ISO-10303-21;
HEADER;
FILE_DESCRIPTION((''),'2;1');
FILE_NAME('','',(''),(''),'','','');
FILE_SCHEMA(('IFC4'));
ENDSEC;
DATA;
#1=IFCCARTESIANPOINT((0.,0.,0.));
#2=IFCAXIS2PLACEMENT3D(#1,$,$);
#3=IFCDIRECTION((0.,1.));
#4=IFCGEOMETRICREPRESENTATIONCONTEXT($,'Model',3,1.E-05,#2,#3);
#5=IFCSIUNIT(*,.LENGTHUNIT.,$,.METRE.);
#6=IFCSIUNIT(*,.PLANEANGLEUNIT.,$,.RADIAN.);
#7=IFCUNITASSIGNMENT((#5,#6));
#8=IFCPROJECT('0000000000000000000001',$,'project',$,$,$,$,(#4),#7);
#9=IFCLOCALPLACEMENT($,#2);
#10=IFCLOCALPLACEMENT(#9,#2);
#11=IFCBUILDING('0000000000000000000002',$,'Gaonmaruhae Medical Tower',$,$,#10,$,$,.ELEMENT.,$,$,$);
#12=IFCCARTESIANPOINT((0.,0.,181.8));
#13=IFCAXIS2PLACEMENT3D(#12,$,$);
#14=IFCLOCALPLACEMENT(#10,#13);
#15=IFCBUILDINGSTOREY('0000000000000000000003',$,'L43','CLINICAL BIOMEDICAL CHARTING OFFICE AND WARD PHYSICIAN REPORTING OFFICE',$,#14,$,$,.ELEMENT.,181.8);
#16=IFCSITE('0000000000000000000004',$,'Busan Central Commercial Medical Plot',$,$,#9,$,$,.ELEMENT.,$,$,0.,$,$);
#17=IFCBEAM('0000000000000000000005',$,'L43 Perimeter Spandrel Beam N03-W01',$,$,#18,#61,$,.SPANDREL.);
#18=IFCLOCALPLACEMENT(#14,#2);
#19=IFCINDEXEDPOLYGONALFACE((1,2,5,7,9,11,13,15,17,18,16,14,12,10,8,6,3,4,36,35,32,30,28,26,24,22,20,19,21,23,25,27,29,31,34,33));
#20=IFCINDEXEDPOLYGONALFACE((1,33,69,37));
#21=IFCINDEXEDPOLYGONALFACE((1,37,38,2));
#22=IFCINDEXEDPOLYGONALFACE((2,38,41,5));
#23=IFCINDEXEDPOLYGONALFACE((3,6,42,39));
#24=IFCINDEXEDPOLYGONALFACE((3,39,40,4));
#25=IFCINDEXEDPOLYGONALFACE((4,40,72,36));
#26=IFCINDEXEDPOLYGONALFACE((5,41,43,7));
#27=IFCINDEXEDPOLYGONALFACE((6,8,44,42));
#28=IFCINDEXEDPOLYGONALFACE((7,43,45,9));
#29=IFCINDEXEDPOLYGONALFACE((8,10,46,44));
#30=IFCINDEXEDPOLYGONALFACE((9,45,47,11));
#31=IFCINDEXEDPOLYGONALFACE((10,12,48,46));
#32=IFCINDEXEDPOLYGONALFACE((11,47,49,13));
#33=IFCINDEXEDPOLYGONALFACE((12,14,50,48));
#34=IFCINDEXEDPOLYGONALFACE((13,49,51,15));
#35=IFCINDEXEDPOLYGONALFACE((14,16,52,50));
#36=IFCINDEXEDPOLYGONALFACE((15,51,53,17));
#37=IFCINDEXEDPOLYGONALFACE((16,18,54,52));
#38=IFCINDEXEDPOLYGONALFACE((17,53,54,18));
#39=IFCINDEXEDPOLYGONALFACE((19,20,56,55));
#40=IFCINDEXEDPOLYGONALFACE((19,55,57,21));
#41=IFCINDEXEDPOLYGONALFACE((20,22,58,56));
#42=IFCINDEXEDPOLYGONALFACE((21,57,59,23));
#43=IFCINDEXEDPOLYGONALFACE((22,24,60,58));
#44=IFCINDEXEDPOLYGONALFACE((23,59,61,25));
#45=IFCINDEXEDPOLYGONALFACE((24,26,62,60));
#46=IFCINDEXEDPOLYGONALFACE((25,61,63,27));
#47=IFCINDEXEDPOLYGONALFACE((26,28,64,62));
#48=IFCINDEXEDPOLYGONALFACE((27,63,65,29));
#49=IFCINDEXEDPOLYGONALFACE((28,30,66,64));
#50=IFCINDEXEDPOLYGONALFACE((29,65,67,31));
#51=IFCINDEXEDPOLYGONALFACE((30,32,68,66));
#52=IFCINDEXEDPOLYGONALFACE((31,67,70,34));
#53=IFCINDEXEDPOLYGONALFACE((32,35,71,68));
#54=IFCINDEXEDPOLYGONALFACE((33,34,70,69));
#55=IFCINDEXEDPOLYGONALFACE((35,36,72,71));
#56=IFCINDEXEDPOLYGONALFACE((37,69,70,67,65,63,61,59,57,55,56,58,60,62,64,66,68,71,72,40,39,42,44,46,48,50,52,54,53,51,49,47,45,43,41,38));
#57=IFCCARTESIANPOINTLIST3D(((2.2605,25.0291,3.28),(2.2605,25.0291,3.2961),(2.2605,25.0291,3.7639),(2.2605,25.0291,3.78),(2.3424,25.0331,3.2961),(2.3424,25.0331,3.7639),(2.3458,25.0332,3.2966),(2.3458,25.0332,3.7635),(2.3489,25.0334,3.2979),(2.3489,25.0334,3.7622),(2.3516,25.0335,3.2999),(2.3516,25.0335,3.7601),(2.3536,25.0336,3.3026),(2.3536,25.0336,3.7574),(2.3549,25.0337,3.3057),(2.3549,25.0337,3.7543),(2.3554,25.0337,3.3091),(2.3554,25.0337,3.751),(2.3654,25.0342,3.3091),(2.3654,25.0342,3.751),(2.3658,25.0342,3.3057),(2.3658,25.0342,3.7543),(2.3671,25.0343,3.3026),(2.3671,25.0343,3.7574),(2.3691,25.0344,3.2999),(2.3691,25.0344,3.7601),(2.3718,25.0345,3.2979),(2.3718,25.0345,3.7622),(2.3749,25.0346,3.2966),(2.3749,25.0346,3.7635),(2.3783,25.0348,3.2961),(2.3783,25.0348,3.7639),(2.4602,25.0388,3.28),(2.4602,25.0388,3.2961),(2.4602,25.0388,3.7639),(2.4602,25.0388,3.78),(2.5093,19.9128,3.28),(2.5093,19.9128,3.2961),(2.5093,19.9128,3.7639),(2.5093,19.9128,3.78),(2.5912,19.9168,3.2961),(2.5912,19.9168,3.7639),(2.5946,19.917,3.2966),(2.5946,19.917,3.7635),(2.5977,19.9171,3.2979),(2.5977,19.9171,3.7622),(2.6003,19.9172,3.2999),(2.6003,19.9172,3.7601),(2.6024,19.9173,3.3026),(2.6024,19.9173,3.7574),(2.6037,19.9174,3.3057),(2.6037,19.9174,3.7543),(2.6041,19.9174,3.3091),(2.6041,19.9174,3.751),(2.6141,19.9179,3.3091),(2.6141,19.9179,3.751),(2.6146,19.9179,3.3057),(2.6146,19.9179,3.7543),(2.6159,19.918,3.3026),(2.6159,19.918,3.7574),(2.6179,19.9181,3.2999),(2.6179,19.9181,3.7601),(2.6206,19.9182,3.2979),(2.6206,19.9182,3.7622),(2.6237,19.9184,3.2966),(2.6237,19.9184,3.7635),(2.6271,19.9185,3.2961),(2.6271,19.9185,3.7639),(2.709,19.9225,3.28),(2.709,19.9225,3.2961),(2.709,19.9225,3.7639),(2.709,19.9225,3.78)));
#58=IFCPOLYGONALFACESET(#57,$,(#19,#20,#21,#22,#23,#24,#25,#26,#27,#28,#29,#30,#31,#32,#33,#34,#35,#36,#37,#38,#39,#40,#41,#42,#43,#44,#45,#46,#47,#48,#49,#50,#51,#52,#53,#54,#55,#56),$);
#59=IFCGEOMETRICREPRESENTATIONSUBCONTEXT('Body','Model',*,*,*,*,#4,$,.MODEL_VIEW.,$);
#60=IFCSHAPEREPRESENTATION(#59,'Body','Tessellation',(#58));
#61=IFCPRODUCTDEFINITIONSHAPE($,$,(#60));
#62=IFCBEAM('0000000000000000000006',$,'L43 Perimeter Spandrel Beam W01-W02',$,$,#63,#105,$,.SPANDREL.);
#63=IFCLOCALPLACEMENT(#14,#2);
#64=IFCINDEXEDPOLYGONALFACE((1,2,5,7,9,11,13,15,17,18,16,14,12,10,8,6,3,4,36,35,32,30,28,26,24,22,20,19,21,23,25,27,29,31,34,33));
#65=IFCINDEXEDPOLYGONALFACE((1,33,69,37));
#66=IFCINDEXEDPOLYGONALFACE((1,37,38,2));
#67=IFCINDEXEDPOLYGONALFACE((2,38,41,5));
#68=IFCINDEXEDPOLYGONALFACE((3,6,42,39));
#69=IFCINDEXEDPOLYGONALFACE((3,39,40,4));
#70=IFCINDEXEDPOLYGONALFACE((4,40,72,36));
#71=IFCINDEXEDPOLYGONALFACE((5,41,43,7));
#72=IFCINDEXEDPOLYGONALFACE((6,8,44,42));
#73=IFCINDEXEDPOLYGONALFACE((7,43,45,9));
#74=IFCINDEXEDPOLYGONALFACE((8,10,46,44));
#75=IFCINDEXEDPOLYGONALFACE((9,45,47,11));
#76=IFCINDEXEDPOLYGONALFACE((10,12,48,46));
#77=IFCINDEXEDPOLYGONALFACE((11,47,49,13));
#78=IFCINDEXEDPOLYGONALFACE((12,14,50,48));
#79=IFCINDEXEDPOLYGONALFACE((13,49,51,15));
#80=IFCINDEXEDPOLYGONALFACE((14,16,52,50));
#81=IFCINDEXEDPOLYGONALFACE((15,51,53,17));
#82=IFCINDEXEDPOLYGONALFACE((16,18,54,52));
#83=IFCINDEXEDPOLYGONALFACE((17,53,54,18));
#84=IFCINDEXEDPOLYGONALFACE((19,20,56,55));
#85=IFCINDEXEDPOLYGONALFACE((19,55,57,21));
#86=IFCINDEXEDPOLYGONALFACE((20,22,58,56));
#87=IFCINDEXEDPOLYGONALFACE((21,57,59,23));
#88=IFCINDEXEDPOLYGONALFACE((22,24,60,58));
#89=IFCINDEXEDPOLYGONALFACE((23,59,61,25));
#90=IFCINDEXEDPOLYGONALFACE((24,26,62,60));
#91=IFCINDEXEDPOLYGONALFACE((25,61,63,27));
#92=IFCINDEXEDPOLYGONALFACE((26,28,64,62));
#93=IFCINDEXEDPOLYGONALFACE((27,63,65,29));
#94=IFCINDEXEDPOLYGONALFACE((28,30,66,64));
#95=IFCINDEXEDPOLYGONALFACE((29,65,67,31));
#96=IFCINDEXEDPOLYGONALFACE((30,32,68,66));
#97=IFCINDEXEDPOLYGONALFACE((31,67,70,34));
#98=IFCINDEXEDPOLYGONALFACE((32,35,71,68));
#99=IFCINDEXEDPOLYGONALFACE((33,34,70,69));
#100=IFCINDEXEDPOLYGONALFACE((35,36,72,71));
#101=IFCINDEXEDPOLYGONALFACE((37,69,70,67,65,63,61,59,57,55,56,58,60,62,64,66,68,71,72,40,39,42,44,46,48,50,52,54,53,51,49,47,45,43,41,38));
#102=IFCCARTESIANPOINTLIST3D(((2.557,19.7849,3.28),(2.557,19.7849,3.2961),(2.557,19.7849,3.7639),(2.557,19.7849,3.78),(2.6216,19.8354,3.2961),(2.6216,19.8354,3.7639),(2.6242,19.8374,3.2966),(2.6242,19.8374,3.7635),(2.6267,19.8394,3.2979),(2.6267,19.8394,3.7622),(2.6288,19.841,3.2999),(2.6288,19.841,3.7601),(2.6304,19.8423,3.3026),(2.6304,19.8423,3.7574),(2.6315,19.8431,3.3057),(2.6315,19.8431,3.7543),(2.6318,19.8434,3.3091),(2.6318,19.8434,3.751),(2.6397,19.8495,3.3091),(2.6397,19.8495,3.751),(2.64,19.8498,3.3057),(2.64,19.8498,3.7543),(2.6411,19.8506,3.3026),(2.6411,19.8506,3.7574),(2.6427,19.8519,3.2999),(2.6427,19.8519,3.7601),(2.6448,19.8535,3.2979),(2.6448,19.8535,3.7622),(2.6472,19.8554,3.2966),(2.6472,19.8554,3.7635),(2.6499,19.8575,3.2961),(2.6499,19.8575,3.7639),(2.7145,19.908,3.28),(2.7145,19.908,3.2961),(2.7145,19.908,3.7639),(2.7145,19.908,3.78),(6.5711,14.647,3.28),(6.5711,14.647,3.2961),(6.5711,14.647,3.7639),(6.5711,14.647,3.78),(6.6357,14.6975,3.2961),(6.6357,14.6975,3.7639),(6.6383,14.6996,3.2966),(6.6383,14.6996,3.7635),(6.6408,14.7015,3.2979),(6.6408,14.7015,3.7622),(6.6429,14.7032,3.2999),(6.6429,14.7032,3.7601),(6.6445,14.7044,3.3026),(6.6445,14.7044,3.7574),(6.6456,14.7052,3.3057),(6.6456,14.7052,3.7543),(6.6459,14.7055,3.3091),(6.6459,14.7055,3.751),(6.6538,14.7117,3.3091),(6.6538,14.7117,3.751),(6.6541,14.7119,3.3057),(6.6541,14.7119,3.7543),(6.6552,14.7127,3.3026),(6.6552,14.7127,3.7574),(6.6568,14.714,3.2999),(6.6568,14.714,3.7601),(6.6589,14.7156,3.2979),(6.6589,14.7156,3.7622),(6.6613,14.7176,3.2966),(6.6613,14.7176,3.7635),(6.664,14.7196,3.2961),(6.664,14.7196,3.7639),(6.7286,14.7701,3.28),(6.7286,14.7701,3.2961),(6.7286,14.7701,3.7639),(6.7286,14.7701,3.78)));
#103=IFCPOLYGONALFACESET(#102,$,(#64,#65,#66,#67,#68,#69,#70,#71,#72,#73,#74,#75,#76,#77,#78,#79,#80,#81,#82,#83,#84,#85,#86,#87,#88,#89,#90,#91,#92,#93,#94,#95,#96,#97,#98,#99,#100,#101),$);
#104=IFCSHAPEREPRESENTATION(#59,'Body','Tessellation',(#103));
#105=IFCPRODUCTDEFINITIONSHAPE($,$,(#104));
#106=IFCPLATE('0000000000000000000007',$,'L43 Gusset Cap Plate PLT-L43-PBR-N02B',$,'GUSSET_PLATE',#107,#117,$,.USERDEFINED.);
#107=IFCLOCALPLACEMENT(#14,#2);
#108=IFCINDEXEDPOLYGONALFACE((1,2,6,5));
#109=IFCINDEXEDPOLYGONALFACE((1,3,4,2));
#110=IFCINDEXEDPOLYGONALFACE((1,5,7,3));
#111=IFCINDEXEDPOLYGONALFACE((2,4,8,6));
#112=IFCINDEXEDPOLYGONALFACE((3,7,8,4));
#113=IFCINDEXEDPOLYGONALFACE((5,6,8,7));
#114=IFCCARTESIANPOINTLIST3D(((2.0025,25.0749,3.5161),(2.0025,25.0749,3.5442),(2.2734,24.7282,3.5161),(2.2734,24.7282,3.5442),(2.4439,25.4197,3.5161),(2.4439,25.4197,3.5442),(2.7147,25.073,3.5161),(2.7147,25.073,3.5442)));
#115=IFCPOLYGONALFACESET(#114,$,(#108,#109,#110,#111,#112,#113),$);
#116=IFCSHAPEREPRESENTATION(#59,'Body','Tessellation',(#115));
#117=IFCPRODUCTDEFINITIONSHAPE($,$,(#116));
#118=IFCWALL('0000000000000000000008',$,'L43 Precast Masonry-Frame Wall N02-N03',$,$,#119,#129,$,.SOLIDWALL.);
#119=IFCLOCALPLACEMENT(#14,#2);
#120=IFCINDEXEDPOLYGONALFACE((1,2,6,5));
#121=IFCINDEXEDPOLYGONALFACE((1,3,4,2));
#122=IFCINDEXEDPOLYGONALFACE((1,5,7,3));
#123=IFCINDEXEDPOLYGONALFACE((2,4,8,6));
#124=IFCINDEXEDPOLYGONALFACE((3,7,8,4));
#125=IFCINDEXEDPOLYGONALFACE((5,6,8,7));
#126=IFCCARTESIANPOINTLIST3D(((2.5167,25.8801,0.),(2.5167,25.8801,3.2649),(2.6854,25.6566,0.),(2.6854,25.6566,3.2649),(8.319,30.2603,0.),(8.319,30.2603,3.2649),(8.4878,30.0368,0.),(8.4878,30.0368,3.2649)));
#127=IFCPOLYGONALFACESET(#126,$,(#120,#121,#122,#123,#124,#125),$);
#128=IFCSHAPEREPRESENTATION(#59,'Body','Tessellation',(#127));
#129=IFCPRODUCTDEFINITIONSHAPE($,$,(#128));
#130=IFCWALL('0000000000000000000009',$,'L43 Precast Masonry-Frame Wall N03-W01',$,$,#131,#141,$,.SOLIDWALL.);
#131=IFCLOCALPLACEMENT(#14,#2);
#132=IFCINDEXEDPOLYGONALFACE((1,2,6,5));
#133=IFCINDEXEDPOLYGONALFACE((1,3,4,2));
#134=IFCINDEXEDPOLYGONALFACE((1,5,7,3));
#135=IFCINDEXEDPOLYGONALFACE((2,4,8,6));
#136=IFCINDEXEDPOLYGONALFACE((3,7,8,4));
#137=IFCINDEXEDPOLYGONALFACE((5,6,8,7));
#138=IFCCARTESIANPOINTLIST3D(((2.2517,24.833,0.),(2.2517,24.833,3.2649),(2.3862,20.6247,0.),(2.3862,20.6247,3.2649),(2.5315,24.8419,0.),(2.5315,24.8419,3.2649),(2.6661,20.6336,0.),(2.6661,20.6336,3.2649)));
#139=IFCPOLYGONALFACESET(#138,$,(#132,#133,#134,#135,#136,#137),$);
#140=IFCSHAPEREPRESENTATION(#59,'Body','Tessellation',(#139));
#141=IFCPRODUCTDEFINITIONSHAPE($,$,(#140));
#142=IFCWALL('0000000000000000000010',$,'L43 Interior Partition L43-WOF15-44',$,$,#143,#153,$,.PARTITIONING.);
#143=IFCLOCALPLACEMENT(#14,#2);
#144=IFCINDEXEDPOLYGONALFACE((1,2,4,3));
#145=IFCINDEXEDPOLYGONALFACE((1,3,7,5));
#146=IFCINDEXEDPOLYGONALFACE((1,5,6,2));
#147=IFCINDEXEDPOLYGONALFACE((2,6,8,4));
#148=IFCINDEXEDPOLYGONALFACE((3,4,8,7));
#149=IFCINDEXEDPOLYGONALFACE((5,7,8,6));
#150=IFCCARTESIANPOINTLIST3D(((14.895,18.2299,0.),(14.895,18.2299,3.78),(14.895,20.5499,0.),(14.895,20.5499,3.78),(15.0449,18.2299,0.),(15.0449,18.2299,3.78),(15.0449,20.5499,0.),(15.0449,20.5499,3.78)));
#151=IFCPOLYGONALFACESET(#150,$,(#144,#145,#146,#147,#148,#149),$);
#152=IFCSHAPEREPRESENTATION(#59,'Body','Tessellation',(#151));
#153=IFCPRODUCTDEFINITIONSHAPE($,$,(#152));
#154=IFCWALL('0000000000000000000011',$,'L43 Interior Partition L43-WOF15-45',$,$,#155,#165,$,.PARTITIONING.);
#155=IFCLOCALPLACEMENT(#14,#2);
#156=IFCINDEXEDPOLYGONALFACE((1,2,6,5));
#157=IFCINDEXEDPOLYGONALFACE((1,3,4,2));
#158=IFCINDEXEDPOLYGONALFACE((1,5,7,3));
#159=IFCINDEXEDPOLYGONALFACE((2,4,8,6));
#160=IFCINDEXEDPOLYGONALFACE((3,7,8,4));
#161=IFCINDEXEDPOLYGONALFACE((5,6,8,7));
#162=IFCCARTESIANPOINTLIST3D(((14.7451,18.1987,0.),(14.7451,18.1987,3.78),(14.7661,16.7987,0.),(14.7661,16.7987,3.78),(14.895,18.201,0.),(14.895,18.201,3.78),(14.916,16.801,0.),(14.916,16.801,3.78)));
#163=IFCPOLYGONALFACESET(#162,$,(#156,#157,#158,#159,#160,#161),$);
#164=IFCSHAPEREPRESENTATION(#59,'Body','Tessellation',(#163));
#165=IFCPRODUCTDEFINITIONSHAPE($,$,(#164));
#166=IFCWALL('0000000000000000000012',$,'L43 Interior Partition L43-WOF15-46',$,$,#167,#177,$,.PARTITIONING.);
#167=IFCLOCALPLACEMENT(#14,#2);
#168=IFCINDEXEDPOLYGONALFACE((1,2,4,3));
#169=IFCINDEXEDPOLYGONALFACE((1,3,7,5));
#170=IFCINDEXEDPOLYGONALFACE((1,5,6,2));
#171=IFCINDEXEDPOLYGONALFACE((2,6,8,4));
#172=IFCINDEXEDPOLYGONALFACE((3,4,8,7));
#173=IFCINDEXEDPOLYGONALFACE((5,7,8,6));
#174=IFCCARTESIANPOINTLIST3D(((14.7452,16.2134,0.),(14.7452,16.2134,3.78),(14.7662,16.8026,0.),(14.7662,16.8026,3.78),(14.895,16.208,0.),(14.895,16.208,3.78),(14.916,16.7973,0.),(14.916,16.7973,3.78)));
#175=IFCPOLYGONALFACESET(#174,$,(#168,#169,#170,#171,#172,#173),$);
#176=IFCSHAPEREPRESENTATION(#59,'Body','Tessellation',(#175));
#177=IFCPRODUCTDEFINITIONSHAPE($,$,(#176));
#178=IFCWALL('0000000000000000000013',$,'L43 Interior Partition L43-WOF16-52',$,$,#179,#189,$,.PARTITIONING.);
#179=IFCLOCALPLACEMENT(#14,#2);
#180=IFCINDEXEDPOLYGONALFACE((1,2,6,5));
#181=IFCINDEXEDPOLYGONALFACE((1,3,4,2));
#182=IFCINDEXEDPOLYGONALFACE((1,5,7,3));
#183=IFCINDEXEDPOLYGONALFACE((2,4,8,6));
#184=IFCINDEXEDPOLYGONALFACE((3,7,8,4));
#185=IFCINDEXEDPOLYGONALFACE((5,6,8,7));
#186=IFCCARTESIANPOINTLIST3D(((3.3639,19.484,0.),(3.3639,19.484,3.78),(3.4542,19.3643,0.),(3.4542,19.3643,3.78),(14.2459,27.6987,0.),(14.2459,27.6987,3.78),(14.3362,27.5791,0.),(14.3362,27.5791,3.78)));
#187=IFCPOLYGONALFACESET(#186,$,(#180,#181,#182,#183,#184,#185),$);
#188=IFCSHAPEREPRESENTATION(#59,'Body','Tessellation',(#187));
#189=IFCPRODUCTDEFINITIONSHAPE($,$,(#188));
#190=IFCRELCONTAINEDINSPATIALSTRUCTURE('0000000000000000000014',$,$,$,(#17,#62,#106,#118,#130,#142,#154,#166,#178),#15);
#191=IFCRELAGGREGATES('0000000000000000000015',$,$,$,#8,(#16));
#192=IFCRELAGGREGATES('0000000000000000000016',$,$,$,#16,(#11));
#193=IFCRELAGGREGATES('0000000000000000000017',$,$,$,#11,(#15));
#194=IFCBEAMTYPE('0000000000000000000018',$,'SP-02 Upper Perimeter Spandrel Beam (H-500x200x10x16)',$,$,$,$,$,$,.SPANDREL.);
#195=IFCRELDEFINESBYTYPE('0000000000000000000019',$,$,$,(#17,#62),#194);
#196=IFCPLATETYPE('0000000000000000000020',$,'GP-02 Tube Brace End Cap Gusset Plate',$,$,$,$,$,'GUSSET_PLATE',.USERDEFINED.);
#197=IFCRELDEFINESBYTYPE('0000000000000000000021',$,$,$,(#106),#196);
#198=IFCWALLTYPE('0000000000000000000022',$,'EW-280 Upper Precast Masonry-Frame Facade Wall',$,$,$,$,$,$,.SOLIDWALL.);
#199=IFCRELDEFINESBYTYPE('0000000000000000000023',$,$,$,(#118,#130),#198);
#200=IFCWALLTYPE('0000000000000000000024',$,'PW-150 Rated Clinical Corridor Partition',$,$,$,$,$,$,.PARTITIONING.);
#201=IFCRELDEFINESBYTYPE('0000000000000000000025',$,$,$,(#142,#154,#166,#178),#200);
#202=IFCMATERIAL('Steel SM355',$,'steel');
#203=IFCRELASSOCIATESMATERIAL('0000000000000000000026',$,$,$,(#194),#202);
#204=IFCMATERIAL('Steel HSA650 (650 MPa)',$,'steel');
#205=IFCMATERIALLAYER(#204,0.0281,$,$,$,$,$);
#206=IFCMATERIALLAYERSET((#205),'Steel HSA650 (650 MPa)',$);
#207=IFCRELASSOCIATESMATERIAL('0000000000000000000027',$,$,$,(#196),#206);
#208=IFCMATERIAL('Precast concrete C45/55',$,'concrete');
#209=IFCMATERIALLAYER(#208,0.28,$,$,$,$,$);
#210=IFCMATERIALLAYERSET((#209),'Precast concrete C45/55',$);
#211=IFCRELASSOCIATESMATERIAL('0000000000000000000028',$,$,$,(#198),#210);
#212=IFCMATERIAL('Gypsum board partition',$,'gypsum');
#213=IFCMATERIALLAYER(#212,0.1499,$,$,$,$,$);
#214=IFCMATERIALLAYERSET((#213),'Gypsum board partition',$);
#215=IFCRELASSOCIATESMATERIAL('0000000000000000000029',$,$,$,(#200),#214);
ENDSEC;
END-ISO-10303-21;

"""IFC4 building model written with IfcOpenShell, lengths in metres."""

from ifc_helpers import new_model, si_unit, direction, frame, frame_2d, origin, origin_2d, place, context, subcontext, project, spatial, rectangle, i_section, extrude, material, layer, layer_set, material_profile, profile_set, type_object, element, save


model = new_model("IFC4")

# Units and contexts
model_context = context("Model", 3, precision=1e-05, world=origin(), true_north=direction((0.0, 1.0)))
body_context = subcontext(model_context, "Body", "Model", "MODEL_VIEW")
ifc_project = project(units=[si_unit("LENGTHUNIT", "METRE"), si_unit("PLANEANGLEUNIT", "RADIAN")], contexts=[model_context])

# Site, building, storey
site_placement = place(None, origin())
site = spatial("IfcSite", under=ifc_project, at=site_placement, Name="Busan Central Commercial Medical Plot", CompositionType="ELEMENT", RefElevation=0.0)
building_placement = place(site_placement, origin())
building = spatial("IfcBuilding", under=site, at=building_placement, Name="Gaonmaruhae Medical Tower", CompositionType="ELEMENT")
storey_placement = place(building_placement, frame((0.0, 0.0, 181.8)))
storey = spatial("IfcBuildingStorey", under=building, at=storey_placement, Name="L43", Description="CLINICAL BIOMEDICAL CHARTING OFFICE AND WARD PHYSICIAN REPORTING OFFICE", CompositionType="ELEMENT", Elevation=181.8)

# Beams
ifc_material_1 = material(Name="Steel SM355", Category="steel")
ifc_material_profile_1 = material_profile(ifc_material_1, i_section(OverallWidth=0.2, OverallDepth=0.5, WebThickness=0.01, FlangeThickness=0.0161, FilletRadius=0.0129, at=origin_2d()), Name="H-500x200x10x16")
ifc_profile_set_1 = profile_set([ifc_material_profile_1], Name="Steel SM355")
beam_type_1 = type_object("IfcBeamType", Name="SP-02 Upper Perimeter Spandrel Beam (H-500x200x10x16)", PredefinedType="SPANDREL", material=ifc_profile_set_1)
beam_1_placement = place(storey_placement, frame((2.3604, 25.0339, 3.53), z_axis=(0.048568, -0.99882, 0.0), x_axis=(0.99882, 0.048568, 0.0)))
element("IfcBeam", 1, at=beam_1_placement, inside=storey, type_object=beam_type_1, Name="L43 Perimeter Spandrel Beam N03-W01", PredefinedType="SPANDREL", context=body_context, shape_type="SweptSolid", body=[
    extrude(i_section(OverallWidth=0.2, OverallDepth=0.5, WebThickness=0.01, FlangeThickness=0.0161, FilletRadius=0.0129, at=origin_2d()), origin(), (0.0, 0.0, 1.0), 5.1223),
])
beam_2_placement = place(storey_placement, frame((2.6357, 19.8464, 3.53), z_axis=(0.615658, -0.788014, 0.0), x_axis=(0.788014, 0.615658, 0.0)))
element("IfcBeam", 2, at=beam_2_placement, inside=storey, type_object=beam_type_1, Name="L43 Perimeter Spandrel Beam W01-W02", PredefinedType="SPANDREL", context=body_context, shape_type="SweptSolid", body=[
    extrude(i_section(OverallWidth=0.2, OverallDepth=0.5, WebThickness=0.01, FlangeThickness=0.0161, FilletRadius=0.0129, at=origin_2d()), origin(), (0.0, 0.0, 1.0), 6.52),
])

# Plate
ifc_material_2 = material(Name="Steel HSA650 (650 MPa)", Category="steel")
ifc_layer_1 = layer(ifc_material_2, 0.0281)
ifc_layer_set_1 = layer_set([ifc_layer_1], Name="Steel HSA650 (650 MPa)")
plate_type = type_object("IfcPlateType", Name="GP-02 Tube Brace End Cap Gusset Plate", ElementType="GUSSET_PLATE", PredefinedType="USERDEFINED", material=ifc_layer_set_1)
plate_placement = place(storey_placement, frame((2.3586, 25.074, 3.5161), z_axis=(0.0, 0.0, 1.0), x_axis=(0.788011, 0.615661, 0.0)))
element("IfcPlate", 3, at=plate_placement, inside=storey, type_object=plate_type, Name="L43 Gusset Cap Plate PLT-L43-PBR-N02B", ObjectType="GUSSET_PLATE", PredefinedType="USERDEFINED", context=body_context, shape_type="SweptSolid", body=[
    extrude(rectangle(XDim=0.5601, YDim=0.4399, at=origin_2d()), origin(), (0.0, 0.0, 1.0), 0.0281),
])

# Walls
ifc_material_3 = material(Name="Precast concrete C45/55", Category="concrete")
ifc_layer_2 = layer(ifc_material_3, 0.28)
ifc_layer_set_2 = layer_set([ifc_layer_2], Name="Precast concrete C45/55")
wall_type_1 = type_object("IfcWallType", Name="EW-280 Upper Precast Masonry-Frame Facade Wall", PredefinedType="SOLIDWALL", material=ifc_layer_set_2)
wall_1_placement = place(storey_placement, frame((2.6011, 25.7683, 0.0), z_axis=(0.0, 0.0, 1.0), x_axis=(0.798118, 0.602501, 0.0)))
element("IfcWall", 4, at=wall_1_placement, inside=storey, type_object=wall_type_1, Name="L43 Precast Masonry-Frame Wall N02-N03", PredefinedType="SOLIDWALL", context=body_context, shape_type="SweptSolid", body=[
    extrude(rectangle(XDim=7.27, YDim=0.28, at=frame_2d((3.635, 0.0))), origin(), (0.0, 0.0, 1.0), 3.2649),
])
wall_2_placement = place(storey_placement, frame((2.5261, 20.6292, 0.0), z_axis=(0.0, 0.0, 1.0), x_axis=(-0.03195, 0.999489, 0.0)))
element("IfcWall", 5, at=wall_2_placement, inside=storey, type_object=wall_type_1, Name="L43 Precast Masonry-Frame Wall N03-W01", PredefinedType="SOLIDWALL", context=body_context, shape_type="SweptSolid", body=[
    extrude(rectangle(XDim=4.2104, YDim=0.28, at=frame_2d((2.1052, 0.0))), origin(), (0.0, 0.0, 1.0), 3.2649),
])
ifc_material_4 = material(Name="Gypsum board partition", Category="gypsum")
ifc_layer_3 = layer(ifc_material_4, 0.1499)
ifc_layer_set_3 = layer_set([ifc_layer_3], Name="Gypsum board partition")
wall_type_2 = type_object("IfcWallType", Name="PW-150 Rated Clinical Corridor Partition", PredefinedType="PARTITIONING", material=ifc_layer_set_3)
wall_3_placement = place(storey_placement, frame((14.97, 20.55, 0.0), z_axis=(0.0, 0.0, 1.0), x_axis=(0.0, -1.0, 0.0)))
element("IfcWall", 6, at=wall_3_placement, inside=storey, type_object=wall_type_2, Name="L43 Interior Partition L43-WOF15-44", PredefinedType="PARTITIONING", context=body_context, shape_type="SweptSolid", body=[
    extrude(rectangle(XDim=2.3201, YDim=0.1499, at=frame_2d((1.1602, 0.0))), origin(), (0.0, 0.0, 1.0), 3.78),
])
wall_4_placement = place(storey_placement, frame((14.8201, 18.2, 0.0), z_axis=(0.0, 0.0, 1.0), x_axis=(0.014997, -0.999888, 0.0)))
element("IfcWall", 7, at=wall_4_placement, inside=storey, type_object=wall_type_2, Name="L43 Interior Partition L43-WOF15-45", PredefinedType="PARTITIONING", context=body_context, shape_type="SweptSolid", body=[
    extrude(rectangle(XDim=1.4001, YDim=0.1499, at=frame_2d((0.7002, 0.0))), origin(), (0.0, 0.0, 1.0), 3.78),
])
wall_5_placement = place(storey_placement, frame((14.8411, 16.8, 0.0), z_axis=(0.0, 0.0, 1.0), x_axis=(-0.035618, -0.999365, 0.0)))
element("IfcWall", 8, at=wall_5_placement, inside=storey, type_object=wall_type_2, Name="L43 Interior Partition L43-WOF15-46", PredefinedType="PARTITIONING", context=body_context, shape_type="SweptSolid", body=[
    extrude(rectangle(XDim=0.5896, YDim=0.1499, at=frame_2d((0.2949, 0.0))), origin(), (0.0, 0.0, 1.0), 3.78),
])
wall_6_placement = place(storey_placement, frame((3.4089, 19.4241, 0.0), z_axis=(0.0, 0.0, 1.0), x_axis=(0.79812, 0.602498, 0.0)))
element("IfcWall", 9, at=wall_6_placement, inside=storey, type_object=wall_type_2, Name="L43 Interior Partition L43-WOF16-52", PredefinedType="PARTITIONING", context=body_context, shape_type="SweptSolid", body=[
    extrude(rectangle(XDim=13.6345, YDim=0.1499, at=frame_2d((6.8174, 0.0))), origin(), (0.0, 0.0, 1.0), 3.78),
])

save(model, "model.ifc")
